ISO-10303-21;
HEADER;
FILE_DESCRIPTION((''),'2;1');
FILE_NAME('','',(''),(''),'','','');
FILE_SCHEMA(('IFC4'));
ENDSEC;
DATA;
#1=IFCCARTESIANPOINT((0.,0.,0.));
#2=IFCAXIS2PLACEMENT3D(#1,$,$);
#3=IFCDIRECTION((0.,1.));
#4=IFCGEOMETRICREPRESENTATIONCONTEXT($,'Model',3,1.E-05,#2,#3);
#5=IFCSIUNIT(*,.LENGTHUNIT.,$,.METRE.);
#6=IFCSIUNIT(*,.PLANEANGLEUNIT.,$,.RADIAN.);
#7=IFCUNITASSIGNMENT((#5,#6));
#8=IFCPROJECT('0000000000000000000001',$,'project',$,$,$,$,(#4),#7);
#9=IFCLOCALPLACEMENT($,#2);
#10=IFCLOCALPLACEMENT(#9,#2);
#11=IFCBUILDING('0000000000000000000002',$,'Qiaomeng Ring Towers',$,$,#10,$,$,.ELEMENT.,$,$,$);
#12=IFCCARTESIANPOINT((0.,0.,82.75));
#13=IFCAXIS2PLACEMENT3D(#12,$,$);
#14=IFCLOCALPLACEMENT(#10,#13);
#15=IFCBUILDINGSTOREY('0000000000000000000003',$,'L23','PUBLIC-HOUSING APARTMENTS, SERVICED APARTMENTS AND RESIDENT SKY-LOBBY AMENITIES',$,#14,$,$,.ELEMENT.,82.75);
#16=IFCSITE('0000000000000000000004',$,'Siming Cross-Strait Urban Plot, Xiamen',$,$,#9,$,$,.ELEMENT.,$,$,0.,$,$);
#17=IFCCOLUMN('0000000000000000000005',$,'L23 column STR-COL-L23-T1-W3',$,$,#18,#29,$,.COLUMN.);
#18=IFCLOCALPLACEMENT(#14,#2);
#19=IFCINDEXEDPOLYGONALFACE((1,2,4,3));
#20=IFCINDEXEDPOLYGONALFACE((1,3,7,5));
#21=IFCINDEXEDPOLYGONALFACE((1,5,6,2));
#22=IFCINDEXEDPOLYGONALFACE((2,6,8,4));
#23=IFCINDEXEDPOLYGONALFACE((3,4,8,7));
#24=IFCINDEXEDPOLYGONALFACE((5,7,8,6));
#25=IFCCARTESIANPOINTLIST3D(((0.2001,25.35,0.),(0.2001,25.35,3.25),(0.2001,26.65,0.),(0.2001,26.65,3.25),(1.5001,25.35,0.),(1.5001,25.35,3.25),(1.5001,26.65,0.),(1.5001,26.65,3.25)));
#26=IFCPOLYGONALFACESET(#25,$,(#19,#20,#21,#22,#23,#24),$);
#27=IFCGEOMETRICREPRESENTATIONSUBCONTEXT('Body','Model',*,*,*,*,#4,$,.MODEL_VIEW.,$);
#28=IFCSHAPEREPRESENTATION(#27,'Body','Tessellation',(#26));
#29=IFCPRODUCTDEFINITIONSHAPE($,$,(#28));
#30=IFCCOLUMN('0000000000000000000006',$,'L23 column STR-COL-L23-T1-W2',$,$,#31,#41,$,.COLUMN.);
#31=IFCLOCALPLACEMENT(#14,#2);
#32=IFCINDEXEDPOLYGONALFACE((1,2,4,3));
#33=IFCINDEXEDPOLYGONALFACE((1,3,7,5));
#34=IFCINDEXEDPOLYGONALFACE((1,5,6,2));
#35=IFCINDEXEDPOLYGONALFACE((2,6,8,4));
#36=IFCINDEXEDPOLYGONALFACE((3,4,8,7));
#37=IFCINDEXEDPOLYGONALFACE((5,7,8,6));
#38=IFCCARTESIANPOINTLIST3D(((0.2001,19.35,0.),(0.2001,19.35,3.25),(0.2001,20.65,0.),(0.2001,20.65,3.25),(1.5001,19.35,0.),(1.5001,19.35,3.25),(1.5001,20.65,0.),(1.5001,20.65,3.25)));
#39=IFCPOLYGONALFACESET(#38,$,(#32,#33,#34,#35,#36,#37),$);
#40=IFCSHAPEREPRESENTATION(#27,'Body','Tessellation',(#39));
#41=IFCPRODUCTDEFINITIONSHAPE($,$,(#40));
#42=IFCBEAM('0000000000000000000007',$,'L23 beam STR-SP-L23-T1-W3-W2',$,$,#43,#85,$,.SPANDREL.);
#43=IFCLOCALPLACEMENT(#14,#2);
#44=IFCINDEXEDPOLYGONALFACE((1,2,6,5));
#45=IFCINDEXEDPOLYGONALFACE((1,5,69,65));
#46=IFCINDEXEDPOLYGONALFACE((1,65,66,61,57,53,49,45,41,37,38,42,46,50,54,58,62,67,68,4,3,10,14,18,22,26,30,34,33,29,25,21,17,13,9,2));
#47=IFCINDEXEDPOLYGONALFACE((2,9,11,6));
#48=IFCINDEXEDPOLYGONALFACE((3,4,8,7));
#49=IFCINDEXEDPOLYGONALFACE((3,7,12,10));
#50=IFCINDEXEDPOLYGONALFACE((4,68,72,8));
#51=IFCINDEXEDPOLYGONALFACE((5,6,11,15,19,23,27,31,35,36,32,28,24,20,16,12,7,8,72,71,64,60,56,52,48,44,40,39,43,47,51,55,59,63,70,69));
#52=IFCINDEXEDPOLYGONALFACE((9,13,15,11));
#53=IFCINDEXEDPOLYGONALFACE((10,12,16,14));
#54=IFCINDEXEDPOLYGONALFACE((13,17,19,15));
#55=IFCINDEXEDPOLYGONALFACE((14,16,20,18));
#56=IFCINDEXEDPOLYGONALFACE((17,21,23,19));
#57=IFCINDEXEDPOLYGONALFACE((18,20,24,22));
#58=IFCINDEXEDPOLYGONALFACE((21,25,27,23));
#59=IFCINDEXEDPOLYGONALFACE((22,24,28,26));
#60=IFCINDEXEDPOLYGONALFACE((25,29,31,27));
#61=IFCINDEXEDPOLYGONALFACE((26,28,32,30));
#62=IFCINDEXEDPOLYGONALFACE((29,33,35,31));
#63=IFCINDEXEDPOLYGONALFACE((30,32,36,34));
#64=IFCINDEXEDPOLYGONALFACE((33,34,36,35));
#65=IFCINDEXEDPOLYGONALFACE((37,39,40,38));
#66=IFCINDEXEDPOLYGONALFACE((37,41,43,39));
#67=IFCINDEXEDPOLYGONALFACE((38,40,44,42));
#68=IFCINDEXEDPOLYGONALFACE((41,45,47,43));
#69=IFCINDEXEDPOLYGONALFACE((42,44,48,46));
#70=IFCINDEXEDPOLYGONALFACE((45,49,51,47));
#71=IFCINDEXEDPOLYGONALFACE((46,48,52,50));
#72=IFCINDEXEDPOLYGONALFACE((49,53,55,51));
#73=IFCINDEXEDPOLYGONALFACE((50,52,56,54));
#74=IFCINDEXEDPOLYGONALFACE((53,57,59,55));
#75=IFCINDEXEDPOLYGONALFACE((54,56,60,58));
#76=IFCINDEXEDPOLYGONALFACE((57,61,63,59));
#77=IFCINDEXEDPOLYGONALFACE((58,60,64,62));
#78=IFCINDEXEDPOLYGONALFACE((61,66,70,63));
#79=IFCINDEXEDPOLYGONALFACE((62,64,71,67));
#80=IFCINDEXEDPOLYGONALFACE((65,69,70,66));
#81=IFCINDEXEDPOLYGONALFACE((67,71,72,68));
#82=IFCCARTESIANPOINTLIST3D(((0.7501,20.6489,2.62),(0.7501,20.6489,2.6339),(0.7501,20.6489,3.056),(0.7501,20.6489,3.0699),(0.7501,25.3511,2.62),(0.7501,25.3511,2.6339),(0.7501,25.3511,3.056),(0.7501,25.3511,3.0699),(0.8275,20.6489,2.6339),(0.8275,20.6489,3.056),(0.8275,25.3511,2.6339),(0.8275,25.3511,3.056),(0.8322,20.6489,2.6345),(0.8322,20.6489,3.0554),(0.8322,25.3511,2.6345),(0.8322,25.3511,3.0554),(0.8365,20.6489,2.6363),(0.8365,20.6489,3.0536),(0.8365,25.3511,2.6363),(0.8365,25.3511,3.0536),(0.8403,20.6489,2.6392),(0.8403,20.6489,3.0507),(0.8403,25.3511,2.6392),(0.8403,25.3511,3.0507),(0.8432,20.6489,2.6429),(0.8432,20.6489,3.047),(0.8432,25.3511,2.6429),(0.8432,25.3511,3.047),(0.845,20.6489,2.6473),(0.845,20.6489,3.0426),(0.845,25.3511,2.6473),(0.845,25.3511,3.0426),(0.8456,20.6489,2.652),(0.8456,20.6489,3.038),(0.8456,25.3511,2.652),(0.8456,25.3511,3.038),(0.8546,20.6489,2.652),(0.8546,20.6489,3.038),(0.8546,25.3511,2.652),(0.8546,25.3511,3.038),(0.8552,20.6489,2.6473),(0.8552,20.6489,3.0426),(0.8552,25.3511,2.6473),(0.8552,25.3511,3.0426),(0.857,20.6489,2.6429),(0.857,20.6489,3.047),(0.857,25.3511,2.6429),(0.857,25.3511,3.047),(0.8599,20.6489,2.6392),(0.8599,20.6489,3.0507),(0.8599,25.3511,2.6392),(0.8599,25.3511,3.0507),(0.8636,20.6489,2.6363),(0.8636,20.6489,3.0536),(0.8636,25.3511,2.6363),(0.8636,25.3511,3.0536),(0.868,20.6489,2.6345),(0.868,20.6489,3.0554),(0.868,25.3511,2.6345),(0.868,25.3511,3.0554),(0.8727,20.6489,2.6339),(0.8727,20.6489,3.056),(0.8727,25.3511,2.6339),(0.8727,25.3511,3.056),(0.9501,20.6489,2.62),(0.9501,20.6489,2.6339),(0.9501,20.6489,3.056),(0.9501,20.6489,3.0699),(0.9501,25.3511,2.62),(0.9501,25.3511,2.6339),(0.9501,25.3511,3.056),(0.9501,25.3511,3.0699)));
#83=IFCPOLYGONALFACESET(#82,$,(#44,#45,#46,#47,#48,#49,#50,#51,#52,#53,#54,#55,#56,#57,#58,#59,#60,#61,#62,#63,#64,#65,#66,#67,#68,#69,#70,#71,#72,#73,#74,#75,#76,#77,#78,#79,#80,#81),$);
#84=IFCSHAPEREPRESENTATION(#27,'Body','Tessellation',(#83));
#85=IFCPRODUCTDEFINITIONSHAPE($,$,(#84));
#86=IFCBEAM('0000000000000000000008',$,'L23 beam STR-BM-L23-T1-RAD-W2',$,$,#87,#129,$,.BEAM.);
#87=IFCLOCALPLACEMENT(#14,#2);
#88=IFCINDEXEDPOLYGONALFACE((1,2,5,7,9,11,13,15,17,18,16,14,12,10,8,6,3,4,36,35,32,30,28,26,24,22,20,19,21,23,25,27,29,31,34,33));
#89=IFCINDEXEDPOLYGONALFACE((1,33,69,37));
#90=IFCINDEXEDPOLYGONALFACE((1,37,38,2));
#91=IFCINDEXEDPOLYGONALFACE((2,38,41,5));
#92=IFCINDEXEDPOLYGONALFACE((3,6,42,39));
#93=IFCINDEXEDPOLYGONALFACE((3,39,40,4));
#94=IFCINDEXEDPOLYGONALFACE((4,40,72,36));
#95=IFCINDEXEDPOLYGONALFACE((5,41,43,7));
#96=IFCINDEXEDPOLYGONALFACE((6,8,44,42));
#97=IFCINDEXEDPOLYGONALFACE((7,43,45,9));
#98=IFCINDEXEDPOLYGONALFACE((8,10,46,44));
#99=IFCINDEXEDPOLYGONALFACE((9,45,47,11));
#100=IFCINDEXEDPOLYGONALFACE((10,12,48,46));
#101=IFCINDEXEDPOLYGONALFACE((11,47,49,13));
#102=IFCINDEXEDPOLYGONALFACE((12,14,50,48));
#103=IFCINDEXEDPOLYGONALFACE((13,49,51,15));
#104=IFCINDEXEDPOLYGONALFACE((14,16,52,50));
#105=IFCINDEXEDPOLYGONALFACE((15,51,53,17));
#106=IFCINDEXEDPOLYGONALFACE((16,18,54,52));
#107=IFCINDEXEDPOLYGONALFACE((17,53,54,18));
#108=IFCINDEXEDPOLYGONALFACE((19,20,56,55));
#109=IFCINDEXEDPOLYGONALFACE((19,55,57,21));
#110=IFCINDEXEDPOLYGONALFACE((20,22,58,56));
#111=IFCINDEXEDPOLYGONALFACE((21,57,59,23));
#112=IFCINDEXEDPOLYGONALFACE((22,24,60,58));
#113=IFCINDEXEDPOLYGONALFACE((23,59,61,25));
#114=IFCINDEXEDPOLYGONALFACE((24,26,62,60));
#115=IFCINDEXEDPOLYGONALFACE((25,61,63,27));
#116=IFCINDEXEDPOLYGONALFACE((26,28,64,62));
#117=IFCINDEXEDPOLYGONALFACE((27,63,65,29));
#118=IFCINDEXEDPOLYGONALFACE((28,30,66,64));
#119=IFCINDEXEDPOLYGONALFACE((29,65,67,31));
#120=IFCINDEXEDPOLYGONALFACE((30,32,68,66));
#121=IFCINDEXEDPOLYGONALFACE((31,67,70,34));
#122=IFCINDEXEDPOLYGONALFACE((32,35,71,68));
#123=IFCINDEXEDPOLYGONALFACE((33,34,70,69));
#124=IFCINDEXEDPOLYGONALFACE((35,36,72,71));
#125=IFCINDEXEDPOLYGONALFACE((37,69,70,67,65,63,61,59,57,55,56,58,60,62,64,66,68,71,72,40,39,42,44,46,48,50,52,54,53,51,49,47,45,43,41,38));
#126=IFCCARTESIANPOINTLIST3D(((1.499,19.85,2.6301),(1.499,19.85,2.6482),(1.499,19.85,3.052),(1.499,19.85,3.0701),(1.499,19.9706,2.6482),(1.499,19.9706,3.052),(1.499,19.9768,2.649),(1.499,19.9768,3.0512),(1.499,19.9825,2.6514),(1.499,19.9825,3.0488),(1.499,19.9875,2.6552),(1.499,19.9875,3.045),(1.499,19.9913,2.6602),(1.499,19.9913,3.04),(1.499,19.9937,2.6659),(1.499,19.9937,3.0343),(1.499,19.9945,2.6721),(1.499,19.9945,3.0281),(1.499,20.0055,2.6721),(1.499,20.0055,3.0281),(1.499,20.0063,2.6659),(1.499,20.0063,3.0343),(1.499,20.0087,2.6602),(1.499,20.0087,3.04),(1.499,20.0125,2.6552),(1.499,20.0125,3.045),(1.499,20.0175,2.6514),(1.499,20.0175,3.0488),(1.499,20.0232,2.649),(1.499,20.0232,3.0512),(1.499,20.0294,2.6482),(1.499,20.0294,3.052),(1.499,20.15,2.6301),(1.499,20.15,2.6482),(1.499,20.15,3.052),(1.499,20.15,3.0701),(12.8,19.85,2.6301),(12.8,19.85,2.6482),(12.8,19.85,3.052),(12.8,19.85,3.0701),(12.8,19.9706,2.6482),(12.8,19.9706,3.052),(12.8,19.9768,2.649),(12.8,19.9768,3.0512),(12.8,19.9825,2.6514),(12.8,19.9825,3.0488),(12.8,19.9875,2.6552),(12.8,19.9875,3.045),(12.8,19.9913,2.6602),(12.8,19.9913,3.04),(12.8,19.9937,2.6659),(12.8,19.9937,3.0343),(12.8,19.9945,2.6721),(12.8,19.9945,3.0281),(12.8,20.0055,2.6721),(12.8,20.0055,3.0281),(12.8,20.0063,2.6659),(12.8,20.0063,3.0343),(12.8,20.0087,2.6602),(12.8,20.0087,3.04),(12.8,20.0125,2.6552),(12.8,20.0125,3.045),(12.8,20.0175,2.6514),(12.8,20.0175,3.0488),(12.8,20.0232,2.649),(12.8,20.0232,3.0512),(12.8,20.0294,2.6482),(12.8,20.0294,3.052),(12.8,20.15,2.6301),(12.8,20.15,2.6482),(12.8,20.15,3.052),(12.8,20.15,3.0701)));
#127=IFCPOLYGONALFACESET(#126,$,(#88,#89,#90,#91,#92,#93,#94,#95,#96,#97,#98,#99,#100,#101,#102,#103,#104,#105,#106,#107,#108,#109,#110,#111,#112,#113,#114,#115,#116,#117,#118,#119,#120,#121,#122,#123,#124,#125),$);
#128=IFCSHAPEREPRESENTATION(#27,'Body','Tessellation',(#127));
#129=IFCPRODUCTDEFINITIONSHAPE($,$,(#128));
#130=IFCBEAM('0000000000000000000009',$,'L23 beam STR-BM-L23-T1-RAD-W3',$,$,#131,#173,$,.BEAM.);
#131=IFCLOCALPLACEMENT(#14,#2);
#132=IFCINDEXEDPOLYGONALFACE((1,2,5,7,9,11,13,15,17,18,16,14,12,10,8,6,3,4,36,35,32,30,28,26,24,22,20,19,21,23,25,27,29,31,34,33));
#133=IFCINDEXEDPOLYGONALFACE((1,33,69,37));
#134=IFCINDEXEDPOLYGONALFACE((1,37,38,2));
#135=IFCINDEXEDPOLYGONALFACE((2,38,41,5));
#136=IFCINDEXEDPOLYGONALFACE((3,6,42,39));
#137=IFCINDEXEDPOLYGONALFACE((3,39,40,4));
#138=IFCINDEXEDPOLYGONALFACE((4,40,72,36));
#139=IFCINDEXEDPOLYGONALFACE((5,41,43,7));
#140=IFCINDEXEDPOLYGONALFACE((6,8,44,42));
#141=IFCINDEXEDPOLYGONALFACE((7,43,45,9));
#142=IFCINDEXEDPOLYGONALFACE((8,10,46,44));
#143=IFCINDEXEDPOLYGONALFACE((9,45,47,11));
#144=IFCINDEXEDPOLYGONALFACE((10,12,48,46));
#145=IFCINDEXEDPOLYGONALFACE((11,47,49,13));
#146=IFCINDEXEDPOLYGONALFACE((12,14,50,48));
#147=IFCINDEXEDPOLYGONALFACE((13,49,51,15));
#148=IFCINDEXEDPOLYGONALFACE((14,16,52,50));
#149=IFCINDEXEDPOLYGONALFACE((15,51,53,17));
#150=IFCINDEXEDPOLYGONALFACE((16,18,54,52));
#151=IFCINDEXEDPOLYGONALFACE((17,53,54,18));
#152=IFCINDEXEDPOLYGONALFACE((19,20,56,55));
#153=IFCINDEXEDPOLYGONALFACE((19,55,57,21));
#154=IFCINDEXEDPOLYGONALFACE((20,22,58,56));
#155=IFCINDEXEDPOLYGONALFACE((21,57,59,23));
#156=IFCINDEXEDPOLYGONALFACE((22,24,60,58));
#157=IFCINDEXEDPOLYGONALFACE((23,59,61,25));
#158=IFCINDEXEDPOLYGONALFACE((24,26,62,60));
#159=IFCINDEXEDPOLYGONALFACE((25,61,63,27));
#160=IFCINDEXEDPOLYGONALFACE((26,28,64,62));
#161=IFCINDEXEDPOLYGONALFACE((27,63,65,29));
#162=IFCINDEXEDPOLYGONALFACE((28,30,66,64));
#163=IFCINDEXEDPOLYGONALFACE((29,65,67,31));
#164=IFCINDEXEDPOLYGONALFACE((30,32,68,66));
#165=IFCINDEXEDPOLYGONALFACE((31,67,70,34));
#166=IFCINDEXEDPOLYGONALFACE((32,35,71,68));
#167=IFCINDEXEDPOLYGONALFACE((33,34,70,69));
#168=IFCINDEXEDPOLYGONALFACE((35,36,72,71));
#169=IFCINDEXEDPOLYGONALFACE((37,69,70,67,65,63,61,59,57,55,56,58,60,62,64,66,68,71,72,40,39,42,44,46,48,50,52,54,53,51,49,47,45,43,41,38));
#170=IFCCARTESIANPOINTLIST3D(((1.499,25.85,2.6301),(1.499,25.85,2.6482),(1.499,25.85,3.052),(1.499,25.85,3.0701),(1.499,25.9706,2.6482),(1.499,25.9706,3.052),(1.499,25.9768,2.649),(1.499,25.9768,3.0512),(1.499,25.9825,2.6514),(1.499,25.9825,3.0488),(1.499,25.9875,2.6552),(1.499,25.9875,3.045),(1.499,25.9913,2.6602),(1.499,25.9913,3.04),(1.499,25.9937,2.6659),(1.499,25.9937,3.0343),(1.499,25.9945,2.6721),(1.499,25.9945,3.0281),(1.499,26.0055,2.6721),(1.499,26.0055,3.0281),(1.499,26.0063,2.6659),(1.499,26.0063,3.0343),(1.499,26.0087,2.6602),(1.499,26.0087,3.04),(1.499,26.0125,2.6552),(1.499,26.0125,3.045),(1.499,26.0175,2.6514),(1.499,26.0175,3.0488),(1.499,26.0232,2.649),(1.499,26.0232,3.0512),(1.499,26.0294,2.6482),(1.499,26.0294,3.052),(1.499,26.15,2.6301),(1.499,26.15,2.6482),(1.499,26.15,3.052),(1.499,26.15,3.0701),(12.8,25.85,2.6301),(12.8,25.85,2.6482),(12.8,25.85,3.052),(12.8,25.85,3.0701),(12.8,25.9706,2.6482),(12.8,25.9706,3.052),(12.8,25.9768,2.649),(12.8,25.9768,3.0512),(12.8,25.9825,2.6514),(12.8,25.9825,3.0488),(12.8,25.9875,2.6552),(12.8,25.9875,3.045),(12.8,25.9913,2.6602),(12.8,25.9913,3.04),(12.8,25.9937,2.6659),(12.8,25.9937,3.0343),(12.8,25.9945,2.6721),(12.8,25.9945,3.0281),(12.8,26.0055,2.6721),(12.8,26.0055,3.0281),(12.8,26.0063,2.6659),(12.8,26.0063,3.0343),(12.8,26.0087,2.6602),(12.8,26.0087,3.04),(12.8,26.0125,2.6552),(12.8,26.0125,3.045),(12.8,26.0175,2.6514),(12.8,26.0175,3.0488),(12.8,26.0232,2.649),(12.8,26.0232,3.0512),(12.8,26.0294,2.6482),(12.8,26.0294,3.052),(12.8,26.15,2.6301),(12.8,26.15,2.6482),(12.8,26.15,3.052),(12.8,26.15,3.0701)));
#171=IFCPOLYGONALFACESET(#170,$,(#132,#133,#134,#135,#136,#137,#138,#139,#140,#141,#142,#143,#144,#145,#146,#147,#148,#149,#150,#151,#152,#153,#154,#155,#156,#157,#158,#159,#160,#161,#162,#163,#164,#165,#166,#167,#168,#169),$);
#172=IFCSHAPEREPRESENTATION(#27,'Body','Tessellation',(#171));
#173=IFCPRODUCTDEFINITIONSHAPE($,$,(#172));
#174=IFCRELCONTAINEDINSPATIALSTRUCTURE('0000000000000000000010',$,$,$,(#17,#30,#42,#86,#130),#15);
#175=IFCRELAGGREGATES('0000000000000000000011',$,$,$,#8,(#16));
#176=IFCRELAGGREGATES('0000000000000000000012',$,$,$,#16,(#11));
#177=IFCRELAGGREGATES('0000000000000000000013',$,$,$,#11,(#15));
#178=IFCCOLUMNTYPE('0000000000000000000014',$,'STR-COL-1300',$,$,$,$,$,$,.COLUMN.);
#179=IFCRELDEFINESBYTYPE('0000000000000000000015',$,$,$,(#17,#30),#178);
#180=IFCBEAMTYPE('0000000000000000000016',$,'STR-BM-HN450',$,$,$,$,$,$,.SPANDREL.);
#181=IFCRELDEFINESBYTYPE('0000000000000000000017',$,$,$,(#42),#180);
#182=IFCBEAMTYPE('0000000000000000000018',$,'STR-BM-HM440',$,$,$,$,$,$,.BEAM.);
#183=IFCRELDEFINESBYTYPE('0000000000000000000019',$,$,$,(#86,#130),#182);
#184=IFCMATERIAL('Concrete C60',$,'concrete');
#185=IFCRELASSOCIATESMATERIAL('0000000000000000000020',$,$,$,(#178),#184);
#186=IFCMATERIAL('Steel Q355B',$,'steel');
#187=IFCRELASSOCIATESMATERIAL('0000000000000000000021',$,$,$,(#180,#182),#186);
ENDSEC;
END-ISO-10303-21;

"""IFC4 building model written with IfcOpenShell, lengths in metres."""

from ifc_helpers import new_model, si_unit, direction, frame, origin, origin_2d, place, context, subcontext, project, spatial, rectangle, i_section, extrude, source, transform, mapped, material, material_profile, profile_set, type_object, element, save


model = new_model("IFC4")

# Units and contexts
model_context = context("Model", 3, precision=1e-05, world=origin(), true_north=direction((0.0, 1.0)))
body_context = subcontext(model_context, "Body", "Model", "MODEL_VIEW")
ifc_project = project(units=[si_unit("LENGTHUNIT", "METRE"), si_unit("PLANEANGLEUNIT", "RADIAN")], contexts=[model_context])

# Site, building, storey
site_placement = place(None, origin())
site = spatial("IfcSite", under=ifc_project, at=site_placement, Name="Siming Cross-Strait Urban Plot, Xiamen", CompositionType="ELEMENT", RefElevation=0.0)
building_placement = place(site_placement, origin())
building = spatial("IfcBuilding", under=site, at=building_placement, Name="Qiaomeng Ring Towers", CompositionType="ELEMENT")
storey_placement = place(building_placement, frame((0.0, 0.0, 82.75)))
storey = spatial("IfcBuildingStorey", under=building, at=storey_placement, Name="L23", Description="PUBLIC-HOUSING APARTMENTS, SERVICED APARTMENTS AND RESIDENT SKY-LOBBY AMENITIES", CompositionType="ELEMENT", Elevation=82.75)

# Columns
ifc_material_1 = material(Name="Concrete C60", Category="concrete")
ifc_material_profile_1 = material_profile(ifc_material_1, rectangle(XDim=1.3, YDim=1.3, at=origin_2d()), Name="RC COL 1300x1300")
ifc_profile_set_1 = profile_set([ifc_material_profile_1], Name="Concrete C60")
column_type = type_object("IfcColumnType", Name="STR-COL-1300", PredefinedType="COLUMN", material=ifc_profile_set_1)
shared_shape_1 = source(origin(), body_context, "Body", "SweptSolid", [
    extrude(rectangle(XDim=1.3, YDim=1.3, at=origin_2d()), origin(), (0.0, 0.0, 1.0), 3.25),
])
for number, where, z_axis, x_axis, name in (
    (1, (0.8501, 26.0, 0.0), (0.0, 0.0, 1.0), (1.0, 0.0, 0.0), "L23 column STR-COL-L23-T1-W3"),
    (2, (0.8501, 20.0, 0.0), (0.0, 0.0, 1.0), (1.0, 0.0, 0.0), "L23 column STR-COL-L23-T1-W2"),
):
    element("IfcColumn", number, at=place(storey_placement, frame(where, z_axis=z_axis, x_axis=x_axis)), inside=storey, type_object=column_type, Name=name, PredefinedType="COLUMN", context=body_context, shape_type="MappedRepresentation", body=[
        mapped(shared_shape_1, transform((0.0, 0.0, 0.0), x_axis=(1.0, 0.0, 0.0), y_axis=(0.0, 1.0, 0.0), z_axis=(0.0, 0.0, 1.0), scale=1.0)),
    ])

# Beams
ifc_material_2 = material(Name="Steel Q355B", Category="steel")
ifc_material_profile_2 = material_profile(ifc_material_2, i_section(OverallWidth=0.2, OverallDepth=0.45, WebThickness=0.009, FlangeThickness=0.0139, FilletRadius=0.0181, at=origin_2d()), Name="HN 450x200x9x14")
ifc_profile_set_2 = profile_set([ifc_material_profile_2], Name="Steel Q355B")
beam_type_1 = type_object("IfcBeamType", Name="STR-BM-HN450", PredefinedType="SPANDREL", material=ifc_profile_set_2)
shared_shape_2 = source(origin(), body_context, "Body", "SweptSolid", [
    extrude(i_section(OverallWidth=0.2, OverallDepth=0.45, WebThickness=0.009, FlangeThickness=0.0139, FilletRadius=0.0181, at=origin_2d()), origin(), (0.0, 0.0, 1.0), 4.7021),
])
beam_1_placement = place(storey_placement, frame((0.8501, 25.3511, 2.845), z_axis=(0.0, -1.0, 0.0), x_axis=(1.0, 0.0, 0.0)))
element("IfcBeam", 3, at=beam_1_placement, inside=storey, type_object=beam_type_1, Name="L23 beam STR-SP-L23-T1-W3-W2", PredefinedType="SPANDREL", context=body_context, shape_type="MappedRepresentation", body=[
    mapped(shared_shape_2, transform((0.0, 0.0, 0.0), x_axis=(1.0, 0.0, 0.0), y_axis=(0.0, 1.0, 0.0), z_axis=(0.0, 0.0, 1.0), scale=1.0)),
])
ifc_material_profile_3 = material_profile(ifc_material_2, i_section(OverallWidth=0.3, OverallDepth=0.4399, WebThickness=0.011, FlangeThickness=0.0181, FilletRadius=0.0239, at=origin_2d()), Name="HM 440x300x11x18")
ifc_profile_set_3 = profile_set([ifc_material_profile_3], Name="Steel Q355B")
beam_type_2 = type_object("IfcBeamType", Name="STR-BM-HM440", PredefinedType="BEAM", material=ifc_profile_set_3)
shared_shape_3 = source(origin(), body_context, "Body", "SweptSolid", [
    extrude(i_section(OverallWidth=0.3, OverallDepth=0.4399, WebThickness=0.011, FlangeThickness=0.0181, FilletRadius=0.0239, at=origin_2d()), origin(), (0.0, 0.0, 1.0), 11.301),
])
for number, where, z_axis, x_axis, name in (
    (4, (1.499, 20.0, 2.8501), (1.0, 0.0, 0.0), (0.0, 1.0, 0.0), "L23 beam STR-BM-L23-T1-RAD-W2"),
    (5, (1.499, 26.0, 2.8501), (1.0, 0.0, 0.0), (0.0, 1.0, 0.0), "L23 beam STR-BM-L23-T1-RAD-W3"),
):
    element("IfcBeam", number, at=place(storey_placement, frame(where, z_axis=z_axis, x_axis=x_axis)), inside=storey, type_object=beam_type_2, Name=name, PredefinedType="BEAM", context=body_context, shape_type="MappedRepresentation", body=[
        mapped(shared_shape_3, transform((0.0, 0.0, 0.0), x_axis=(1.0, 0.0, 0.0), y_axis=(0.0, 1.0, 0.0), z_axis=(0.0, 0.0, 1.0), scale=1.0)),
    ])

save(model, "model.ifc")
